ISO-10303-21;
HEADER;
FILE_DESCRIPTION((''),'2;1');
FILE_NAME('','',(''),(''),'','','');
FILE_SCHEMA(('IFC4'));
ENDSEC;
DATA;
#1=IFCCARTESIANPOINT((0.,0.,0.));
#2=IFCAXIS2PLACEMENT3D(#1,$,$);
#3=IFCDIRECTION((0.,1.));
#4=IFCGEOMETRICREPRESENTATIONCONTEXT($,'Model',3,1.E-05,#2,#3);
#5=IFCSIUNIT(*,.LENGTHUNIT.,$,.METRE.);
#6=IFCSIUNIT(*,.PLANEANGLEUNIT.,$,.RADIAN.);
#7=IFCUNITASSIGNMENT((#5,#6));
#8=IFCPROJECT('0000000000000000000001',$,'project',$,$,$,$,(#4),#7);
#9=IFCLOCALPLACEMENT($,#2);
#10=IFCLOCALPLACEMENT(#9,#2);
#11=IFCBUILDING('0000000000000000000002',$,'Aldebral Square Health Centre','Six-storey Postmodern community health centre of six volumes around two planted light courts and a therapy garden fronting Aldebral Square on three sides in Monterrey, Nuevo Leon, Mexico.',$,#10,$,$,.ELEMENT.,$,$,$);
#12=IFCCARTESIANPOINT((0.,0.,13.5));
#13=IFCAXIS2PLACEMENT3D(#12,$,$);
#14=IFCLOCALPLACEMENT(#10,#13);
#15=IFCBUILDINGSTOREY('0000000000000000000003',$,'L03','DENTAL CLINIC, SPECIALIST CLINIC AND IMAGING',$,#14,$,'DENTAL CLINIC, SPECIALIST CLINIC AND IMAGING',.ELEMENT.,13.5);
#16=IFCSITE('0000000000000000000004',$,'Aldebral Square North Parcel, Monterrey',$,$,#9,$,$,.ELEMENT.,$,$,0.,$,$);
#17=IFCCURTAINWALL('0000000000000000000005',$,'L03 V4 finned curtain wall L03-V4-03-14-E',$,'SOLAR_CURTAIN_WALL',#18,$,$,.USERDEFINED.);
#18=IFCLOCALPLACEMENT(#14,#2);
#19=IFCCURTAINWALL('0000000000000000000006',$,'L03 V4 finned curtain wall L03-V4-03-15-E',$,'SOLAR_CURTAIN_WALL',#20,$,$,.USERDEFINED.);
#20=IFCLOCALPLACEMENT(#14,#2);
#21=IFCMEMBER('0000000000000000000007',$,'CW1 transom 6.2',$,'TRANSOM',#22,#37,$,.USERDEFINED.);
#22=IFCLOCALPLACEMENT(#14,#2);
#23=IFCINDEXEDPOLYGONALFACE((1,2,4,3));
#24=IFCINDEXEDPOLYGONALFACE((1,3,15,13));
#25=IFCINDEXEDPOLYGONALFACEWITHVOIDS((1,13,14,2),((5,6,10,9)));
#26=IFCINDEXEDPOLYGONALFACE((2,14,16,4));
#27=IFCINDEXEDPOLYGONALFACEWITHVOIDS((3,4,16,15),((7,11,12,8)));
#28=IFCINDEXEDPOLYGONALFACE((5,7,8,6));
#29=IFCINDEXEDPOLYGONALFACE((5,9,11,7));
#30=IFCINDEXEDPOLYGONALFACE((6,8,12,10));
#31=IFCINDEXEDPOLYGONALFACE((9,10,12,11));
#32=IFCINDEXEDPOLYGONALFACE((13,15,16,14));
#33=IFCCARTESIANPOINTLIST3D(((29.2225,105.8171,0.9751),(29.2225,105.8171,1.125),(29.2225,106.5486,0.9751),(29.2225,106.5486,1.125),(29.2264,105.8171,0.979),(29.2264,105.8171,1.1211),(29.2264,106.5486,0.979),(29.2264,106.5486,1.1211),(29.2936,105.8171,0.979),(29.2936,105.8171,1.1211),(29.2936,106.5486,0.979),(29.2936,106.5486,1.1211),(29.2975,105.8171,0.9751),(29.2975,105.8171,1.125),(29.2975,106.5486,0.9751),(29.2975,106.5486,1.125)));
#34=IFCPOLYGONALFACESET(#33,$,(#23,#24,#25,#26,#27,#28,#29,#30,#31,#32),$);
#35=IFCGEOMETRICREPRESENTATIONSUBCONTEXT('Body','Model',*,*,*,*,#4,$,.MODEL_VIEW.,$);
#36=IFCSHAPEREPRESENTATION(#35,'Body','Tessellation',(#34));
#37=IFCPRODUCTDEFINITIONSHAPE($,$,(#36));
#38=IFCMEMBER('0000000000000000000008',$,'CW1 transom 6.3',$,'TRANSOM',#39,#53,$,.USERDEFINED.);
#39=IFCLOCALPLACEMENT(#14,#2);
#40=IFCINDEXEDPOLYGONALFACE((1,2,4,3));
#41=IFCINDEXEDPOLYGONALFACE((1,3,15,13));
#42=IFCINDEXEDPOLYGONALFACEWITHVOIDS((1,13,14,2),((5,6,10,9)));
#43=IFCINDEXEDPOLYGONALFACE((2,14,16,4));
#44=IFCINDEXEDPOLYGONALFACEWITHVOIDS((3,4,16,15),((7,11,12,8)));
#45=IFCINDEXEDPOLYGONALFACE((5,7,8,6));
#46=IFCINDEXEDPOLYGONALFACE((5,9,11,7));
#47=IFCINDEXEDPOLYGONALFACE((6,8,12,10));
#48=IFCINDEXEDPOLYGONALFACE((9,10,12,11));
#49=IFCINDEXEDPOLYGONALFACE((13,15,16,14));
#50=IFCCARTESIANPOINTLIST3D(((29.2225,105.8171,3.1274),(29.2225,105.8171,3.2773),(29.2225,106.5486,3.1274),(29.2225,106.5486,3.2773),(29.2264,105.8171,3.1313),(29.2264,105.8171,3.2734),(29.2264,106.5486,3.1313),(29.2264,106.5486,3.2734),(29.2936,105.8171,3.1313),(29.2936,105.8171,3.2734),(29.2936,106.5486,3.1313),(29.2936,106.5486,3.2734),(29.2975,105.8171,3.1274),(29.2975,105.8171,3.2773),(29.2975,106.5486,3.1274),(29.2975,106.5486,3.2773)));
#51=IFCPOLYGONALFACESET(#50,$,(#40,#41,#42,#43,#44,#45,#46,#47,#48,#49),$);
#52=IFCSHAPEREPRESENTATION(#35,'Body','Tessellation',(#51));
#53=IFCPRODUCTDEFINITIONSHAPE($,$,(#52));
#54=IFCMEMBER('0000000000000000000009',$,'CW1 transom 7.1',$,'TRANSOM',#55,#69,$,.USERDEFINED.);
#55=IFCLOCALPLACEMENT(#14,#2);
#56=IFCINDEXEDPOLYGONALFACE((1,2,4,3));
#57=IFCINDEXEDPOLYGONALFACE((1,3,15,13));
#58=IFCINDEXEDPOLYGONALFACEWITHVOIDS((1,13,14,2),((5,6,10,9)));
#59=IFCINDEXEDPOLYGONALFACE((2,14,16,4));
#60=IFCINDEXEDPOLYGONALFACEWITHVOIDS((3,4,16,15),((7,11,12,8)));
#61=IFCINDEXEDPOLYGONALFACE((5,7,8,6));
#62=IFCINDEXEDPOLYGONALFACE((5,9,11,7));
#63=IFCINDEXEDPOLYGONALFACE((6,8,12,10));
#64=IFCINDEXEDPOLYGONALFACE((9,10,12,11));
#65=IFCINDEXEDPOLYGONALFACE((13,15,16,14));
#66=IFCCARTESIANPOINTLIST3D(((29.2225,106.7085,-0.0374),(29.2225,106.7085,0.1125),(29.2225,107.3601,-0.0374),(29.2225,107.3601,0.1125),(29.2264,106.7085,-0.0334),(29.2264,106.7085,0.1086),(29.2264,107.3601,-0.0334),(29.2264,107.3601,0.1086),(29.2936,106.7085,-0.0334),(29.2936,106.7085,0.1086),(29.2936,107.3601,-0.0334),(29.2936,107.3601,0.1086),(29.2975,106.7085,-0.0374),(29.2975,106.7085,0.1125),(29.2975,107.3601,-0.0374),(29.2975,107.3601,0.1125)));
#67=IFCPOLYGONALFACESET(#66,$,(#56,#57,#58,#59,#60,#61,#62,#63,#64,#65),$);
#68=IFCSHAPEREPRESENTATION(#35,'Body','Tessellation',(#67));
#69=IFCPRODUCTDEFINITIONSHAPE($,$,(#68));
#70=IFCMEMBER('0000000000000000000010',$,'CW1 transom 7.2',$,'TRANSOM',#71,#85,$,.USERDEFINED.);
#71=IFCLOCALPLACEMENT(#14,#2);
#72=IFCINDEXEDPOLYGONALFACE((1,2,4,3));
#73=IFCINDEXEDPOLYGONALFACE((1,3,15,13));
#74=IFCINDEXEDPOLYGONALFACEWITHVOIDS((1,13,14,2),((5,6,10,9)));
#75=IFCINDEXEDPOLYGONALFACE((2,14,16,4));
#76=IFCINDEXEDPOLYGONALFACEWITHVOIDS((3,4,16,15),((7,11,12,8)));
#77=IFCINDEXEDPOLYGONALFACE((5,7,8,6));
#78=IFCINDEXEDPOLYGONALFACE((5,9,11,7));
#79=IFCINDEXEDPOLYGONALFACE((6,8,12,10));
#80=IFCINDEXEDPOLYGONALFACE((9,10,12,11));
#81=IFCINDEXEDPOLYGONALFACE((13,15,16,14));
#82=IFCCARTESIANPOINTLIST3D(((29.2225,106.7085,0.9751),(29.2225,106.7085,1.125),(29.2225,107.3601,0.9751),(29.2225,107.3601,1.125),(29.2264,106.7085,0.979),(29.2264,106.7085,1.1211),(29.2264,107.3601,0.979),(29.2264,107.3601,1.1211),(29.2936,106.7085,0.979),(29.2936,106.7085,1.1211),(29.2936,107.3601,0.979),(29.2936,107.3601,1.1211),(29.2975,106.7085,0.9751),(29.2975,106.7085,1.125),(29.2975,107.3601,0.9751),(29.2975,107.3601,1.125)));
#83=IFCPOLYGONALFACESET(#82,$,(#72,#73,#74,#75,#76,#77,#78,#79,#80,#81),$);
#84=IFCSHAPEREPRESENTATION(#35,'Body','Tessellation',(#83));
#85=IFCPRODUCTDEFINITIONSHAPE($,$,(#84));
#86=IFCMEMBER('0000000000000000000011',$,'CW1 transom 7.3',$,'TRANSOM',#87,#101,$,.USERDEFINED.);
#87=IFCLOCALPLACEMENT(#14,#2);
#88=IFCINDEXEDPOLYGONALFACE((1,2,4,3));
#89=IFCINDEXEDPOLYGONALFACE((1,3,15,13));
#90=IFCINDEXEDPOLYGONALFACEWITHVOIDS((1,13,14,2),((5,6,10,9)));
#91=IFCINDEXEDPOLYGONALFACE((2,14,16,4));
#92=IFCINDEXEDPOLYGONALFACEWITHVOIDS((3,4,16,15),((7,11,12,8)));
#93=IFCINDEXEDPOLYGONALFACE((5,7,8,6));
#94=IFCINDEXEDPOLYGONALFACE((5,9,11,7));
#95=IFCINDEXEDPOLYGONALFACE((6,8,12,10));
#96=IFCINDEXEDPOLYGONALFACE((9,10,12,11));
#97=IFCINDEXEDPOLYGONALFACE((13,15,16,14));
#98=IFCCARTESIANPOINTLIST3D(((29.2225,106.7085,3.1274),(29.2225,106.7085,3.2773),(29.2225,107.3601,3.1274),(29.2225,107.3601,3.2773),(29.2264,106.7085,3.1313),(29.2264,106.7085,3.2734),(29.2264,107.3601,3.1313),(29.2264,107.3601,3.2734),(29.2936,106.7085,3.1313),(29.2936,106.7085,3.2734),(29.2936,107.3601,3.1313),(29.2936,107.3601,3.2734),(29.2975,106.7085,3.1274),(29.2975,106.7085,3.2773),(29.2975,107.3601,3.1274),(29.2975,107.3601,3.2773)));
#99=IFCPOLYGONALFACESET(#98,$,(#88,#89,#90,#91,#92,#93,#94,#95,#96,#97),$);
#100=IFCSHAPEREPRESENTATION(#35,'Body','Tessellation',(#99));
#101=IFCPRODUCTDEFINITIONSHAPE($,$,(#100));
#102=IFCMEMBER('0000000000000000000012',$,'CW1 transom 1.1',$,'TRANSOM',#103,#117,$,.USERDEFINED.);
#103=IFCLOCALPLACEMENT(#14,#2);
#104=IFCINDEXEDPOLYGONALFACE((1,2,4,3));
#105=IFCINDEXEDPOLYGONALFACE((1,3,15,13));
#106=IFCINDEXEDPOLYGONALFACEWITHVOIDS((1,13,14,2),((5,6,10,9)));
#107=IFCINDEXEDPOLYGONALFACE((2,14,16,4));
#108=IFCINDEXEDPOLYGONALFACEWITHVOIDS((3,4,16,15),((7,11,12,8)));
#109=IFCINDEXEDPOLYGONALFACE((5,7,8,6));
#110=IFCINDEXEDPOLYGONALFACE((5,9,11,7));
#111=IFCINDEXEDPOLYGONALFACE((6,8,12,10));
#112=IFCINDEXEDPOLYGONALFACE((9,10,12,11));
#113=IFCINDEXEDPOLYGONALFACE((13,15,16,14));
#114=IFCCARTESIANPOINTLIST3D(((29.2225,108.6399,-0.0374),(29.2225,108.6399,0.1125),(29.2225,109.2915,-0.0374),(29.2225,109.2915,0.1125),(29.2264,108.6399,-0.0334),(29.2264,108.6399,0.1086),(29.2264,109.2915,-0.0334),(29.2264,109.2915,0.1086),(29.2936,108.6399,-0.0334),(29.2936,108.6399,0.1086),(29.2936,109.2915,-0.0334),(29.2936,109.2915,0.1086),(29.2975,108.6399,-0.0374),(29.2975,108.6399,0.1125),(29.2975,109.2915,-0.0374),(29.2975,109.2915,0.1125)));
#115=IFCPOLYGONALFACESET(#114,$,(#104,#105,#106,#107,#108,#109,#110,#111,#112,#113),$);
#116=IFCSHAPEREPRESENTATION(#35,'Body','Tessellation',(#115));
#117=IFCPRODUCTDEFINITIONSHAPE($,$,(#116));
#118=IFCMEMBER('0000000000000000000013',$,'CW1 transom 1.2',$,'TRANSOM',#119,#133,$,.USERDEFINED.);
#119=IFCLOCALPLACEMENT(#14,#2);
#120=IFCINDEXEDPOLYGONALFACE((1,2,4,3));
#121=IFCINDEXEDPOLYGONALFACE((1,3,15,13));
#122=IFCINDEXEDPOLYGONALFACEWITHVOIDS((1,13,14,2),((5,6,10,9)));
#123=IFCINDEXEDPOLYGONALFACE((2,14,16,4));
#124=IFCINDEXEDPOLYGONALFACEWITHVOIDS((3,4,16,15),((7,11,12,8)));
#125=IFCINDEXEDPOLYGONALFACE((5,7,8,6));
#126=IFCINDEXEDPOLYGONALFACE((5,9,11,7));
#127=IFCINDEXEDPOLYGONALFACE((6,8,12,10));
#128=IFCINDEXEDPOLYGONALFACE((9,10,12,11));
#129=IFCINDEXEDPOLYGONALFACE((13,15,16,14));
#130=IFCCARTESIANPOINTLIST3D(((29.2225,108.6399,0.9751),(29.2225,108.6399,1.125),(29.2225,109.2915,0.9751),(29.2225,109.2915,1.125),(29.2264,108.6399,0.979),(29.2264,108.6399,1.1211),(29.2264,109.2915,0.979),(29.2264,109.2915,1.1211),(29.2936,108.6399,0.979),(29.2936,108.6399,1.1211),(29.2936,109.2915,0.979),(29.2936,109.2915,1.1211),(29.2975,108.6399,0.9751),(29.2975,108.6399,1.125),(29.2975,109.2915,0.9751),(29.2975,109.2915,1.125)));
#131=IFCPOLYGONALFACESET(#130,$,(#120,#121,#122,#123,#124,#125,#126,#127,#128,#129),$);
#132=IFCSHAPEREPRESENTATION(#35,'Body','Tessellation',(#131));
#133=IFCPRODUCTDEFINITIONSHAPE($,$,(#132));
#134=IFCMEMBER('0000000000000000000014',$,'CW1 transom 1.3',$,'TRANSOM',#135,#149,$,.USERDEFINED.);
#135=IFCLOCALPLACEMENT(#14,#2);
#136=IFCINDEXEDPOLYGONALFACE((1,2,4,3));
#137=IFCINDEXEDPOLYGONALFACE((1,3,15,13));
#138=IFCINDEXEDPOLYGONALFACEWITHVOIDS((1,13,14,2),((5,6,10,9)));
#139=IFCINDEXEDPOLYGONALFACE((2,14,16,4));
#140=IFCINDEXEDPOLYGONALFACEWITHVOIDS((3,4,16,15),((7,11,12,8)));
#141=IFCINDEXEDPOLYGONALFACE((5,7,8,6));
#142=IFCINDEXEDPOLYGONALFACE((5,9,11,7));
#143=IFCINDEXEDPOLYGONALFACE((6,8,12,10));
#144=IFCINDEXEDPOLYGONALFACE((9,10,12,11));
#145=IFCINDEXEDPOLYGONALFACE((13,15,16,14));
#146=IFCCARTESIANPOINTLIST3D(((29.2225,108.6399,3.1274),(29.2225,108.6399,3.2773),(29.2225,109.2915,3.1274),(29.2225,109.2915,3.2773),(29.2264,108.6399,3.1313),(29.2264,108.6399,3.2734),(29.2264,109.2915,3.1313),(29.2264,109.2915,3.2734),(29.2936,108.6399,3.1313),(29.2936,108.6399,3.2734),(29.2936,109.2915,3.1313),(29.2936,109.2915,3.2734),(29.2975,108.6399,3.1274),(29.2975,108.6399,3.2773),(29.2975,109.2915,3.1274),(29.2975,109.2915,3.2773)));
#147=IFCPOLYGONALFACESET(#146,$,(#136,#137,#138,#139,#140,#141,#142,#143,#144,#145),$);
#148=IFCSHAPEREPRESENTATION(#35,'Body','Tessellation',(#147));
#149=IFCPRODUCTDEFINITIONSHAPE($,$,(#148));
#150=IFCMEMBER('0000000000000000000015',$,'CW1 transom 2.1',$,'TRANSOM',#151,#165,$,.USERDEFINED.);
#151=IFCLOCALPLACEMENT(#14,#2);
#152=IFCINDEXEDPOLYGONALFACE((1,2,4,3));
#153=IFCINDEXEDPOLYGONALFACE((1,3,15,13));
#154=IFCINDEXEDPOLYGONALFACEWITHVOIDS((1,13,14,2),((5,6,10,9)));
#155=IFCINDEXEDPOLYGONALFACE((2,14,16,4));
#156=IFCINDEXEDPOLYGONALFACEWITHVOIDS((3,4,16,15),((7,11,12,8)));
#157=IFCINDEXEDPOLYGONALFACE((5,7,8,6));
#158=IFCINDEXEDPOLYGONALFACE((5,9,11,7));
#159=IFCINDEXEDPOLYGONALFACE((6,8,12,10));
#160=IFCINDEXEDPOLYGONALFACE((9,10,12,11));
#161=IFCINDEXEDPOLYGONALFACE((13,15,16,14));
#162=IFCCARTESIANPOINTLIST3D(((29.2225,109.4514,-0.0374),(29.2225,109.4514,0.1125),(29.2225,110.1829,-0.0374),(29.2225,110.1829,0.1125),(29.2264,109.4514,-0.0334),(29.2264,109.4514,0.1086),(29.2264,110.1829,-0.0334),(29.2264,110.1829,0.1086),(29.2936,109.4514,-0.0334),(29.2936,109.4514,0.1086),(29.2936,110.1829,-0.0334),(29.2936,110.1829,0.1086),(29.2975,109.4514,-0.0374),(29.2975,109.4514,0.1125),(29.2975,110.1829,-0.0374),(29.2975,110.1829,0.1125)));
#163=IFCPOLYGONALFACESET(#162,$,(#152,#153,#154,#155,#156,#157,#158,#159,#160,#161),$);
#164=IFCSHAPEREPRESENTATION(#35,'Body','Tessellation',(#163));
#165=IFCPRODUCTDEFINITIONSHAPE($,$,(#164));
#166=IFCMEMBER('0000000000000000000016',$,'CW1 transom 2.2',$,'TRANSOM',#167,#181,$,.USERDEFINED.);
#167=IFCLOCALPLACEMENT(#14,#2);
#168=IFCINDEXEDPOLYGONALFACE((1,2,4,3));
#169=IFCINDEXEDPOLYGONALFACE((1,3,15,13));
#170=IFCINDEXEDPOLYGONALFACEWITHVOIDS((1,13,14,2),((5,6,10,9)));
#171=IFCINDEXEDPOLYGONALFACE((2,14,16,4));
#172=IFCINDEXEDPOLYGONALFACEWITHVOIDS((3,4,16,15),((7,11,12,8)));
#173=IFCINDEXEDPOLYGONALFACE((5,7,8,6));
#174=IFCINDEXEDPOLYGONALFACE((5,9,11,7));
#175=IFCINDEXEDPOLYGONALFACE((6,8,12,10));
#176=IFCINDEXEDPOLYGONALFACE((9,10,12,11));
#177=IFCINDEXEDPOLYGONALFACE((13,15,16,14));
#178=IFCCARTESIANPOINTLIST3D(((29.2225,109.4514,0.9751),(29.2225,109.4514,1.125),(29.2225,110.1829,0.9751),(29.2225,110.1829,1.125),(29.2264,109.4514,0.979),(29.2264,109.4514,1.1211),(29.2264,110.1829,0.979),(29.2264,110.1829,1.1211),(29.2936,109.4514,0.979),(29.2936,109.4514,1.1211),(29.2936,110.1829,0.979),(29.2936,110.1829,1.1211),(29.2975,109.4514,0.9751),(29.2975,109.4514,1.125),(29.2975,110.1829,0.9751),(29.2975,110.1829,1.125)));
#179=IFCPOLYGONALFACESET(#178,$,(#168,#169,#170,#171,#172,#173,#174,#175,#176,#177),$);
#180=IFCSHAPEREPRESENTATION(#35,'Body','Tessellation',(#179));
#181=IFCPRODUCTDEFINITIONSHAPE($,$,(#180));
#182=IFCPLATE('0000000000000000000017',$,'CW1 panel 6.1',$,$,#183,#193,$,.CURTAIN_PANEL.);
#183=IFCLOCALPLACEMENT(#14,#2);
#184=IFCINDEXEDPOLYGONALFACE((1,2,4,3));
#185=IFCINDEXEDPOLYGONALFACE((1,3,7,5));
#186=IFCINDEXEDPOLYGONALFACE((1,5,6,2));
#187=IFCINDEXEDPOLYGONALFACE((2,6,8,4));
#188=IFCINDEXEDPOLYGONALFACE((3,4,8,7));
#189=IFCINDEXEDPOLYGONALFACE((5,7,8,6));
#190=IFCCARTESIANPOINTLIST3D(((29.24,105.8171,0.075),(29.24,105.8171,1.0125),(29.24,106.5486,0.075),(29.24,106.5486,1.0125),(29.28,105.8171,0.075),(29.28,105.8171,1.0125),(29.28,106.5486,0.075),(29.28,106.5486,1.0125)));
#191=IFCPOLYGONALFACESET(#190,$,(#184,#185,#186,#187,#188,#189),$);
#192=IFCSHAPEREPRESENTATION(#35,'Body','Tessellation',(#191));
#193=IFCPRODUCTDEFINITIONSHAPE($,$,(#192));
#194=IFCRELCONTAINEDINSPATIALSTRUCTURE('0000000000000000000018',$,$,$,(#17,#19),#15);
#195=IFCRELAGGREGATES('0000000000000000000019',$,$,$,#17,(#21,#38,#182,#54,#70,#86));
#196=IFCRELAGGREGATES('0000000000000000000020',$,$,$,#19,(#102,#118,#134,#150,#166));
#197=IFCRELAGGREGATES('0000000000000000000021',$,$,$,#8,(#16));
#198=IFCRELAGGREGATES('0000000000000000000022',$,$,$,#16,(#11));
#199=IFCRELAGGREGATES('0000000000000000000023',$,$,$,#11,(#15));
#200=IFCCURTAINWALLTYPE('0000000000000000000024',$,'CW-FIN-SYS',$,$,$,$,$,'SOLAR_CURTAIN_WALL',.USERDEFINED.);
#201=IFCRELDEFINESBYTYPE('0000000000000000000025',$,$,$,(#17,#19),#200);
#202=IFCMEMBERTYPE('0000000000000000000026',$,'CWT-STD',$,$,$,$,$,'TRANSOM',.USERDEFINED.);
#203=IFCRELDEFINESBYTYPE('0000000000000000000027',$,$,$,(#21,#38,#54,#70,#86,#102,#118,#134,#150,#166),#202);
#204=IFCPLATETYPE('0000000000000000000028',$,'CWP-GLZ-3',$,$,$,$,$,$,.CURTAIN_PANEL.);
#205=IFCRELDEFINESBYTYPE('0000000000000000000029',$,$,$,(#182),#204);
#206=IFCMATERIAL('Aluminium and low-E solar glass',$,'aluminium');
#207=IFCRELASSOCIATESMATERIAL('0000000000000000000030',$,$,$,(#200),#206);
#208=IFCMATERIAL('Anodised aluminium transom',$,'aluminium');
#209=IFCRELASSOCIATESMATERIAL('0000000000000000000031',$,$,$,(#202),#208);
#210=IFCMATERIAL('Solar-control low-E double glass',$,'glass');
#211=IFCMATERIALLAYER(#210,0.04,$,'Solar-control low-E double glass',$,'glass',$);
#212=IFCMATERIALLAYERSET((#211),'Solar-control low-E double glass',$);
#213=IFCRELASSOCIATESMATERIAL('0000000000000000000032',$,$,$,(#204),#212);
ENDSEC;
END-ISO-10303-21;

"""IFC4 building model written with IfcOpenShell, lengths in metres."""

from ifc_helpers import new_model, si_unit, direction, frame, origin, origin_2d, place, context, subcontext, project, spatial, rectangle, hollow_rectangle, extrude, material, layer, layer_set, material_profile, profile_set, type_object, element, aggregate, save


model = new_model("IFC4")

# Units and contexts
model_context = context("Model", 3, precision=1e-05, world=origin(), true_north=direction((0.0, 1.0)))
body_context = subcontext(model_context, "Body", "Model", "MODEL_VIEW")
ifc_project = project(units=[si_unit("LENGTHUNIT", "METRE"), si_unit("PLANEANGLEUNIT", "RADIAN")], contexts=[model_context])

# Site, building, storey
site_placement = place(None, origin())
site = spatial("IfcSite", under=ifc_project, at=site_placement, Name="Aldebral Square North Parcel, Monterrey", CompositionType="ELEMENT", RefElevation=0.0)
building_placement = place(site_placement, origin())
building = spatial("IfcBuilding", under=site, at=building_placement, Name="Aldebral Square Health Centre", Description="Six-storey Postmodern community health centre of six volumes around two planted light courts and a therapy garden fronting Aldebral Square on three sides in Monterrey, Nuevo Leon, Mexico.", CompositionType="ELEMENT")
storey_placement = place(building_placement, frame((0.0, 0.0, 13.5)))
storey = spatial("IfcBuildingStorey", under=building, at=storey_placement, Name="L03", Description="DENTAL CLINIC, SPECIALIST CLINIC AND IMAGING", LongName="DENTAL CLINIC, SPECIALIST CLINIC AND IMAGING", CompositionType="ELEMENT", Elevation=13.5)

# Curtain walls
ifc_material_1 = material(Name="Aluminium and low-E solar glass", Category="aluminium")
curtain_wall_type = type_object("IfcCurtainWallType", Name="CW-FIN-SYS", ElementType="SOLAR_CURTAIN_WALL", PredefinedType="USERDEFINED", material=ifc_material_1)
curtain_wall_1_placement = place(storey_placement, origin())
curtain_wall_1 = element("IfcCurtainWall", 1, at=curtain_wall_1_placement, inside=storey, type_object=curtain_wall_type, Name="L03 V4 finned curtain wall L03-V4-03-14-E", ObjectType="SOLAR_CURTAIN_WALL", PredefinedType="USERDEFINED")
curtain_wall_2_placement = place(storey_placement, origin())
curtain_wall_2 = element("IfcCurtainWall", 2, at=curtain_wall_2_placement, inside=storey, type_object=curtain_wall_type, Name="L03 V4 finned curtain wall L03-V4-03-15-E", ObjectType="SOLAR_CURTAIN_WALL", PredefinedType="USERDEFINED")

# Members
ifc_material_2 = material(Name="Anodised aluminium transom", Category="aluminium")
ifc_material_profile_1 = material_profile(ifc_material_2, hollow_rectangle(XDim=0.075, YDim=0.1499, WallThickness=0.0039, at=origin_2d()), Name="CWT 75x150x4")
ifc_profile_set_1 = profile_set([ifc_material_profile_1], Name="Anodised aluminium transom")
member_type_1 = type_object("IfcMemberType", Name="CWT-STD", ElementType="TRANSOM", PredefinedType="USERDEFINED", material=ifc_profile_set_1)
member_1_placement = place(storey_placement, frame((29.26, 105.8171, 1.05), z_axis=(0.0, 1.0, 0.0), x_axis=(-1.0, 0.0, 0.0)))
member_1 = element("IfcMember", 3, at=member_1_placement, type_object=member_type_1, Name="CW1 transom 6.2", ObjectType="TRANSOM", PredefinedType="USERDEFINED", context=body_context, shape_type="SweptSolid", body=[
    extrude(hollow_rectangle(XDim=0.075, YDim=0.1499, WallThickness=0.0039, at=origin_2d()), origin(), (0.0, 0.0, 1.0), 0.7314),
])
member_2_placement = place(storey_placement, frame((29.26, 105.8171, 3.2024), z_axis=(0.0, 1.0, 0.0), x_axis=(-1.0, 0.0, 0.0)))
member_2 = element("IfcMember", 4, at=member_2_placement, type_object=member_type_1, Name="CW1 transom 6.3", ObjectType="TRANSOM", PredefinedType="USERDEFINED", context=body_context, shape_type="SweptSolid", body=[
    extrude(hollow_rectangle(XDim=0.075, YDim=0.1499, WallThickness=0.0039, at=origin_2d()), origin(), (0.0, 0.0, 1.0), 0.7314),
])
member_3_placement = place(storey_placement, frame((29.26, 106.7085, 0.0376), z_axis=(0.0, 1.0, 0.0), x_axis=(-1.0, 0.0, 0.0)))
member_3 = element("IfcMember", 5, at=member_3_placement, type_object=member_type_1, Name="CW1 transom 7.1", ObjectType="TRANSOM", PredefinedType="USERDEFINED", context=body_context, shape_type="SweptSolid", body=[
    extrude(hollow_rectangle(XDim=0.075, YDim=0.1499, WallThickness=0.0039, at=origin_2d()), origin(), (0.0, 0.0, 1.0), 0.6516),
])
member_4_placement = place(storey_placement, frame((29.26, 106.7085, 1.05), z_axis=(0.0, 1.0, 0.0), x_axis=(-1.0, 0.0, 0.0)))
member_4 = element("IfcMember", 6, at=member_4_placement, type_object=member_type_1, Name="CW1 transom 7.2", ObjectType="TRANSOM", PredefinedType="USERDEFINED", context=body_context, shape_type="SweptSolid", body=[
    extrude(hollow_rectangle(XDim=0.075, YDim=0.1499, WallThickness=0.0039, at=origin_2d()), origin(), (0.0, 0.0, 1.0), 0.6516),
])
member_5_placement = place(storey_placement, frame((29.26, 106.7085, 3.2024), z_axis=(0.0, 1.0, 0.0), x_axis=(-1.0, 0.0, 0.0)))
member_5 = element("IfcMember", 7, at=member_5_placement, type_object=member_type_1, Name="CW1 transom 7.3", ObjectType="TRANSOM", PredefinedType="USERDEFINED", context=body_context, shape_type="SweptSolid", body=[
    extrude(hollow_rectangle(XDim=0.075, YDim=0.1499, WallThickness=0.0039, at=origin_2d()), origin(), (0.0, 0.0, 1.0), 0.6516),
])
member_6_placement = place(storey_placement, frame((29.26, 108.6399, 0.0376), z_axis=(0.0, 1.0, 0.0), x_axis=(-1.0, 0.0, 0.0)))
member_6 = element("IfcMember", 8, at=member_6_placement, type_object=member_type_1, Name="CW1 transom 1.1", ObjectType="TRANSOM", PredefinedType="USERDEFINED", context=body_context, shape_type="SweptSolid", body=[
    extrude(hollow_rectangle(XDim=0.075, YDim=0.1499, WallThickness=0.0039, at=origin_2d()), origin(), (0.0, 0.0, 1.0), 0.6516),
])
member_7_placement = place(storey_placement, frame((29.26, 108.6399, 1.05), z_axis=(0.0, 1.0, 0.0), x_axis=(-1.0, 0.0, 0.0)))
member_7 = element("IfcMember", 9, at=member_7_placement, type_object=member_type_1, Name="CW1 transom 1.2", ObjectType="TRANSOM", PredefinedType="USERDEFINED", context=body_context, shape_type="SweptSolid", body=[
    extrude(hollow_rectangle(XDim=0.075, YDim=0.1499, WallThickness=0.0039, at=origin_2d()), origin(), (0.0, 0.0, 1.0), 0.6516),
])
member_8_placement = place(storey_placement, frame((29.26, 108.6399, 3.2024), z_axis=(0.0, 1.0, 0.0), x_axis=(-1.0, 0.0, 0.0)))
member_8 = element("IfcMember", 10, at=member_8_placement, type_object=member_type_1, Name="CW1 transom 1.3", ObjectType="TRANSOM", PredefinedType="USERDEFINED", context=body_context, shape_type="SweptSolid", body=[
    extrude(hollow_rectangle(XDim=0.075, YDim=0.1499, WallThickness=0.0039, at=origin_2d()), origin(), (0.0, 0.0, 1.0), 0.6516),
])
member_9_placement = place(storey_placement, frame((29.26, 109.4514, 0.0376), z_axis=(0.0, 1.0, 0.0), x_axis=(-1.0, 0.0, 0.0)))
member_9 = element("IfcMember", 11, at=member_9_placement, type_object=member_type_1, Name="CW1 transom 2.1", ObjectType="TRANSOM", PredefinedType="USERDEFINED", context=body_context, shape_type="SweptSolid", body=[
    extrude(hollow_rectangle(XDim=0.075, YDim=0.1499, WallThickness=0.0039, at=origin_2d()), origin(), (0.0, 0.0, 1.0), 0.7314),
])
member_10_placement = place(storey_placement, frame((29.26, 109.4514, 1.05), z_axis=(0.0, 1.0, 0.0), x_axis=(-1.0, 0.0, 0.0)))
member_10 = element("IfcMember", 12, at=member_10_placement, type_object=member_type_1, Name="CW1 transom 2.2", ObjectType="TRANSOM", PredefinedType="USERDEFINED", context=body_context, shape_type="SweptSolid", body=[
    extrude(hollow_rectangle(XDim=0.075, YDim=0.1499, WallThickness=0.0039, at=origin_2d()), origin(), (0.0, 0.0, 1.0), 0.7314),
])

# Plate
ifc_material_3 = material(Name="Solar-control low-E double glass", Category="glass")
ifc_layer_1 = layer(ifc_material_3, 0.04, Name="Solar-control low-E double glass", Category="glass")
ifc_layer_set_1 = layer_set([ifc_layer_1], Name="Solar-control low-E double glass")
plate_type_1 = type_object("IfcPlateType", Name="CWP-GLZ-3", PredefinedType="CURTAIN_PANEL", material=ifc_layer_set_1)
plate_1_placement = place(storey_placement, frame((29.26, 106.1829, 0.075), z_axis=(0.0, 0.0, 1.0), x_axis=(0.0, 1.0, 0.0)))
plate_1 = element("IfcPlate", 13, at=plate_1_placement, type_object=plate_type_1, Name="CW1 panel 6.1", PredefinedType="CURTAIN_PANEL", context=body_context, shape_type="SweptSolid", body=[
    extrude(rectangle(XDim=0.7314, YDim=0.04, at=origin_2d()), origin(), (0.0, 0.0, 1.0), 0.9375),
])
aggregate(curtain_wall_1, [member_1, member_2, plate_1, member_3, member_4, member_5])
aggregate(curtain_wall_2, [member_6, member_7, member_8, member_9, member_10])

save(model, "model.ifc")
